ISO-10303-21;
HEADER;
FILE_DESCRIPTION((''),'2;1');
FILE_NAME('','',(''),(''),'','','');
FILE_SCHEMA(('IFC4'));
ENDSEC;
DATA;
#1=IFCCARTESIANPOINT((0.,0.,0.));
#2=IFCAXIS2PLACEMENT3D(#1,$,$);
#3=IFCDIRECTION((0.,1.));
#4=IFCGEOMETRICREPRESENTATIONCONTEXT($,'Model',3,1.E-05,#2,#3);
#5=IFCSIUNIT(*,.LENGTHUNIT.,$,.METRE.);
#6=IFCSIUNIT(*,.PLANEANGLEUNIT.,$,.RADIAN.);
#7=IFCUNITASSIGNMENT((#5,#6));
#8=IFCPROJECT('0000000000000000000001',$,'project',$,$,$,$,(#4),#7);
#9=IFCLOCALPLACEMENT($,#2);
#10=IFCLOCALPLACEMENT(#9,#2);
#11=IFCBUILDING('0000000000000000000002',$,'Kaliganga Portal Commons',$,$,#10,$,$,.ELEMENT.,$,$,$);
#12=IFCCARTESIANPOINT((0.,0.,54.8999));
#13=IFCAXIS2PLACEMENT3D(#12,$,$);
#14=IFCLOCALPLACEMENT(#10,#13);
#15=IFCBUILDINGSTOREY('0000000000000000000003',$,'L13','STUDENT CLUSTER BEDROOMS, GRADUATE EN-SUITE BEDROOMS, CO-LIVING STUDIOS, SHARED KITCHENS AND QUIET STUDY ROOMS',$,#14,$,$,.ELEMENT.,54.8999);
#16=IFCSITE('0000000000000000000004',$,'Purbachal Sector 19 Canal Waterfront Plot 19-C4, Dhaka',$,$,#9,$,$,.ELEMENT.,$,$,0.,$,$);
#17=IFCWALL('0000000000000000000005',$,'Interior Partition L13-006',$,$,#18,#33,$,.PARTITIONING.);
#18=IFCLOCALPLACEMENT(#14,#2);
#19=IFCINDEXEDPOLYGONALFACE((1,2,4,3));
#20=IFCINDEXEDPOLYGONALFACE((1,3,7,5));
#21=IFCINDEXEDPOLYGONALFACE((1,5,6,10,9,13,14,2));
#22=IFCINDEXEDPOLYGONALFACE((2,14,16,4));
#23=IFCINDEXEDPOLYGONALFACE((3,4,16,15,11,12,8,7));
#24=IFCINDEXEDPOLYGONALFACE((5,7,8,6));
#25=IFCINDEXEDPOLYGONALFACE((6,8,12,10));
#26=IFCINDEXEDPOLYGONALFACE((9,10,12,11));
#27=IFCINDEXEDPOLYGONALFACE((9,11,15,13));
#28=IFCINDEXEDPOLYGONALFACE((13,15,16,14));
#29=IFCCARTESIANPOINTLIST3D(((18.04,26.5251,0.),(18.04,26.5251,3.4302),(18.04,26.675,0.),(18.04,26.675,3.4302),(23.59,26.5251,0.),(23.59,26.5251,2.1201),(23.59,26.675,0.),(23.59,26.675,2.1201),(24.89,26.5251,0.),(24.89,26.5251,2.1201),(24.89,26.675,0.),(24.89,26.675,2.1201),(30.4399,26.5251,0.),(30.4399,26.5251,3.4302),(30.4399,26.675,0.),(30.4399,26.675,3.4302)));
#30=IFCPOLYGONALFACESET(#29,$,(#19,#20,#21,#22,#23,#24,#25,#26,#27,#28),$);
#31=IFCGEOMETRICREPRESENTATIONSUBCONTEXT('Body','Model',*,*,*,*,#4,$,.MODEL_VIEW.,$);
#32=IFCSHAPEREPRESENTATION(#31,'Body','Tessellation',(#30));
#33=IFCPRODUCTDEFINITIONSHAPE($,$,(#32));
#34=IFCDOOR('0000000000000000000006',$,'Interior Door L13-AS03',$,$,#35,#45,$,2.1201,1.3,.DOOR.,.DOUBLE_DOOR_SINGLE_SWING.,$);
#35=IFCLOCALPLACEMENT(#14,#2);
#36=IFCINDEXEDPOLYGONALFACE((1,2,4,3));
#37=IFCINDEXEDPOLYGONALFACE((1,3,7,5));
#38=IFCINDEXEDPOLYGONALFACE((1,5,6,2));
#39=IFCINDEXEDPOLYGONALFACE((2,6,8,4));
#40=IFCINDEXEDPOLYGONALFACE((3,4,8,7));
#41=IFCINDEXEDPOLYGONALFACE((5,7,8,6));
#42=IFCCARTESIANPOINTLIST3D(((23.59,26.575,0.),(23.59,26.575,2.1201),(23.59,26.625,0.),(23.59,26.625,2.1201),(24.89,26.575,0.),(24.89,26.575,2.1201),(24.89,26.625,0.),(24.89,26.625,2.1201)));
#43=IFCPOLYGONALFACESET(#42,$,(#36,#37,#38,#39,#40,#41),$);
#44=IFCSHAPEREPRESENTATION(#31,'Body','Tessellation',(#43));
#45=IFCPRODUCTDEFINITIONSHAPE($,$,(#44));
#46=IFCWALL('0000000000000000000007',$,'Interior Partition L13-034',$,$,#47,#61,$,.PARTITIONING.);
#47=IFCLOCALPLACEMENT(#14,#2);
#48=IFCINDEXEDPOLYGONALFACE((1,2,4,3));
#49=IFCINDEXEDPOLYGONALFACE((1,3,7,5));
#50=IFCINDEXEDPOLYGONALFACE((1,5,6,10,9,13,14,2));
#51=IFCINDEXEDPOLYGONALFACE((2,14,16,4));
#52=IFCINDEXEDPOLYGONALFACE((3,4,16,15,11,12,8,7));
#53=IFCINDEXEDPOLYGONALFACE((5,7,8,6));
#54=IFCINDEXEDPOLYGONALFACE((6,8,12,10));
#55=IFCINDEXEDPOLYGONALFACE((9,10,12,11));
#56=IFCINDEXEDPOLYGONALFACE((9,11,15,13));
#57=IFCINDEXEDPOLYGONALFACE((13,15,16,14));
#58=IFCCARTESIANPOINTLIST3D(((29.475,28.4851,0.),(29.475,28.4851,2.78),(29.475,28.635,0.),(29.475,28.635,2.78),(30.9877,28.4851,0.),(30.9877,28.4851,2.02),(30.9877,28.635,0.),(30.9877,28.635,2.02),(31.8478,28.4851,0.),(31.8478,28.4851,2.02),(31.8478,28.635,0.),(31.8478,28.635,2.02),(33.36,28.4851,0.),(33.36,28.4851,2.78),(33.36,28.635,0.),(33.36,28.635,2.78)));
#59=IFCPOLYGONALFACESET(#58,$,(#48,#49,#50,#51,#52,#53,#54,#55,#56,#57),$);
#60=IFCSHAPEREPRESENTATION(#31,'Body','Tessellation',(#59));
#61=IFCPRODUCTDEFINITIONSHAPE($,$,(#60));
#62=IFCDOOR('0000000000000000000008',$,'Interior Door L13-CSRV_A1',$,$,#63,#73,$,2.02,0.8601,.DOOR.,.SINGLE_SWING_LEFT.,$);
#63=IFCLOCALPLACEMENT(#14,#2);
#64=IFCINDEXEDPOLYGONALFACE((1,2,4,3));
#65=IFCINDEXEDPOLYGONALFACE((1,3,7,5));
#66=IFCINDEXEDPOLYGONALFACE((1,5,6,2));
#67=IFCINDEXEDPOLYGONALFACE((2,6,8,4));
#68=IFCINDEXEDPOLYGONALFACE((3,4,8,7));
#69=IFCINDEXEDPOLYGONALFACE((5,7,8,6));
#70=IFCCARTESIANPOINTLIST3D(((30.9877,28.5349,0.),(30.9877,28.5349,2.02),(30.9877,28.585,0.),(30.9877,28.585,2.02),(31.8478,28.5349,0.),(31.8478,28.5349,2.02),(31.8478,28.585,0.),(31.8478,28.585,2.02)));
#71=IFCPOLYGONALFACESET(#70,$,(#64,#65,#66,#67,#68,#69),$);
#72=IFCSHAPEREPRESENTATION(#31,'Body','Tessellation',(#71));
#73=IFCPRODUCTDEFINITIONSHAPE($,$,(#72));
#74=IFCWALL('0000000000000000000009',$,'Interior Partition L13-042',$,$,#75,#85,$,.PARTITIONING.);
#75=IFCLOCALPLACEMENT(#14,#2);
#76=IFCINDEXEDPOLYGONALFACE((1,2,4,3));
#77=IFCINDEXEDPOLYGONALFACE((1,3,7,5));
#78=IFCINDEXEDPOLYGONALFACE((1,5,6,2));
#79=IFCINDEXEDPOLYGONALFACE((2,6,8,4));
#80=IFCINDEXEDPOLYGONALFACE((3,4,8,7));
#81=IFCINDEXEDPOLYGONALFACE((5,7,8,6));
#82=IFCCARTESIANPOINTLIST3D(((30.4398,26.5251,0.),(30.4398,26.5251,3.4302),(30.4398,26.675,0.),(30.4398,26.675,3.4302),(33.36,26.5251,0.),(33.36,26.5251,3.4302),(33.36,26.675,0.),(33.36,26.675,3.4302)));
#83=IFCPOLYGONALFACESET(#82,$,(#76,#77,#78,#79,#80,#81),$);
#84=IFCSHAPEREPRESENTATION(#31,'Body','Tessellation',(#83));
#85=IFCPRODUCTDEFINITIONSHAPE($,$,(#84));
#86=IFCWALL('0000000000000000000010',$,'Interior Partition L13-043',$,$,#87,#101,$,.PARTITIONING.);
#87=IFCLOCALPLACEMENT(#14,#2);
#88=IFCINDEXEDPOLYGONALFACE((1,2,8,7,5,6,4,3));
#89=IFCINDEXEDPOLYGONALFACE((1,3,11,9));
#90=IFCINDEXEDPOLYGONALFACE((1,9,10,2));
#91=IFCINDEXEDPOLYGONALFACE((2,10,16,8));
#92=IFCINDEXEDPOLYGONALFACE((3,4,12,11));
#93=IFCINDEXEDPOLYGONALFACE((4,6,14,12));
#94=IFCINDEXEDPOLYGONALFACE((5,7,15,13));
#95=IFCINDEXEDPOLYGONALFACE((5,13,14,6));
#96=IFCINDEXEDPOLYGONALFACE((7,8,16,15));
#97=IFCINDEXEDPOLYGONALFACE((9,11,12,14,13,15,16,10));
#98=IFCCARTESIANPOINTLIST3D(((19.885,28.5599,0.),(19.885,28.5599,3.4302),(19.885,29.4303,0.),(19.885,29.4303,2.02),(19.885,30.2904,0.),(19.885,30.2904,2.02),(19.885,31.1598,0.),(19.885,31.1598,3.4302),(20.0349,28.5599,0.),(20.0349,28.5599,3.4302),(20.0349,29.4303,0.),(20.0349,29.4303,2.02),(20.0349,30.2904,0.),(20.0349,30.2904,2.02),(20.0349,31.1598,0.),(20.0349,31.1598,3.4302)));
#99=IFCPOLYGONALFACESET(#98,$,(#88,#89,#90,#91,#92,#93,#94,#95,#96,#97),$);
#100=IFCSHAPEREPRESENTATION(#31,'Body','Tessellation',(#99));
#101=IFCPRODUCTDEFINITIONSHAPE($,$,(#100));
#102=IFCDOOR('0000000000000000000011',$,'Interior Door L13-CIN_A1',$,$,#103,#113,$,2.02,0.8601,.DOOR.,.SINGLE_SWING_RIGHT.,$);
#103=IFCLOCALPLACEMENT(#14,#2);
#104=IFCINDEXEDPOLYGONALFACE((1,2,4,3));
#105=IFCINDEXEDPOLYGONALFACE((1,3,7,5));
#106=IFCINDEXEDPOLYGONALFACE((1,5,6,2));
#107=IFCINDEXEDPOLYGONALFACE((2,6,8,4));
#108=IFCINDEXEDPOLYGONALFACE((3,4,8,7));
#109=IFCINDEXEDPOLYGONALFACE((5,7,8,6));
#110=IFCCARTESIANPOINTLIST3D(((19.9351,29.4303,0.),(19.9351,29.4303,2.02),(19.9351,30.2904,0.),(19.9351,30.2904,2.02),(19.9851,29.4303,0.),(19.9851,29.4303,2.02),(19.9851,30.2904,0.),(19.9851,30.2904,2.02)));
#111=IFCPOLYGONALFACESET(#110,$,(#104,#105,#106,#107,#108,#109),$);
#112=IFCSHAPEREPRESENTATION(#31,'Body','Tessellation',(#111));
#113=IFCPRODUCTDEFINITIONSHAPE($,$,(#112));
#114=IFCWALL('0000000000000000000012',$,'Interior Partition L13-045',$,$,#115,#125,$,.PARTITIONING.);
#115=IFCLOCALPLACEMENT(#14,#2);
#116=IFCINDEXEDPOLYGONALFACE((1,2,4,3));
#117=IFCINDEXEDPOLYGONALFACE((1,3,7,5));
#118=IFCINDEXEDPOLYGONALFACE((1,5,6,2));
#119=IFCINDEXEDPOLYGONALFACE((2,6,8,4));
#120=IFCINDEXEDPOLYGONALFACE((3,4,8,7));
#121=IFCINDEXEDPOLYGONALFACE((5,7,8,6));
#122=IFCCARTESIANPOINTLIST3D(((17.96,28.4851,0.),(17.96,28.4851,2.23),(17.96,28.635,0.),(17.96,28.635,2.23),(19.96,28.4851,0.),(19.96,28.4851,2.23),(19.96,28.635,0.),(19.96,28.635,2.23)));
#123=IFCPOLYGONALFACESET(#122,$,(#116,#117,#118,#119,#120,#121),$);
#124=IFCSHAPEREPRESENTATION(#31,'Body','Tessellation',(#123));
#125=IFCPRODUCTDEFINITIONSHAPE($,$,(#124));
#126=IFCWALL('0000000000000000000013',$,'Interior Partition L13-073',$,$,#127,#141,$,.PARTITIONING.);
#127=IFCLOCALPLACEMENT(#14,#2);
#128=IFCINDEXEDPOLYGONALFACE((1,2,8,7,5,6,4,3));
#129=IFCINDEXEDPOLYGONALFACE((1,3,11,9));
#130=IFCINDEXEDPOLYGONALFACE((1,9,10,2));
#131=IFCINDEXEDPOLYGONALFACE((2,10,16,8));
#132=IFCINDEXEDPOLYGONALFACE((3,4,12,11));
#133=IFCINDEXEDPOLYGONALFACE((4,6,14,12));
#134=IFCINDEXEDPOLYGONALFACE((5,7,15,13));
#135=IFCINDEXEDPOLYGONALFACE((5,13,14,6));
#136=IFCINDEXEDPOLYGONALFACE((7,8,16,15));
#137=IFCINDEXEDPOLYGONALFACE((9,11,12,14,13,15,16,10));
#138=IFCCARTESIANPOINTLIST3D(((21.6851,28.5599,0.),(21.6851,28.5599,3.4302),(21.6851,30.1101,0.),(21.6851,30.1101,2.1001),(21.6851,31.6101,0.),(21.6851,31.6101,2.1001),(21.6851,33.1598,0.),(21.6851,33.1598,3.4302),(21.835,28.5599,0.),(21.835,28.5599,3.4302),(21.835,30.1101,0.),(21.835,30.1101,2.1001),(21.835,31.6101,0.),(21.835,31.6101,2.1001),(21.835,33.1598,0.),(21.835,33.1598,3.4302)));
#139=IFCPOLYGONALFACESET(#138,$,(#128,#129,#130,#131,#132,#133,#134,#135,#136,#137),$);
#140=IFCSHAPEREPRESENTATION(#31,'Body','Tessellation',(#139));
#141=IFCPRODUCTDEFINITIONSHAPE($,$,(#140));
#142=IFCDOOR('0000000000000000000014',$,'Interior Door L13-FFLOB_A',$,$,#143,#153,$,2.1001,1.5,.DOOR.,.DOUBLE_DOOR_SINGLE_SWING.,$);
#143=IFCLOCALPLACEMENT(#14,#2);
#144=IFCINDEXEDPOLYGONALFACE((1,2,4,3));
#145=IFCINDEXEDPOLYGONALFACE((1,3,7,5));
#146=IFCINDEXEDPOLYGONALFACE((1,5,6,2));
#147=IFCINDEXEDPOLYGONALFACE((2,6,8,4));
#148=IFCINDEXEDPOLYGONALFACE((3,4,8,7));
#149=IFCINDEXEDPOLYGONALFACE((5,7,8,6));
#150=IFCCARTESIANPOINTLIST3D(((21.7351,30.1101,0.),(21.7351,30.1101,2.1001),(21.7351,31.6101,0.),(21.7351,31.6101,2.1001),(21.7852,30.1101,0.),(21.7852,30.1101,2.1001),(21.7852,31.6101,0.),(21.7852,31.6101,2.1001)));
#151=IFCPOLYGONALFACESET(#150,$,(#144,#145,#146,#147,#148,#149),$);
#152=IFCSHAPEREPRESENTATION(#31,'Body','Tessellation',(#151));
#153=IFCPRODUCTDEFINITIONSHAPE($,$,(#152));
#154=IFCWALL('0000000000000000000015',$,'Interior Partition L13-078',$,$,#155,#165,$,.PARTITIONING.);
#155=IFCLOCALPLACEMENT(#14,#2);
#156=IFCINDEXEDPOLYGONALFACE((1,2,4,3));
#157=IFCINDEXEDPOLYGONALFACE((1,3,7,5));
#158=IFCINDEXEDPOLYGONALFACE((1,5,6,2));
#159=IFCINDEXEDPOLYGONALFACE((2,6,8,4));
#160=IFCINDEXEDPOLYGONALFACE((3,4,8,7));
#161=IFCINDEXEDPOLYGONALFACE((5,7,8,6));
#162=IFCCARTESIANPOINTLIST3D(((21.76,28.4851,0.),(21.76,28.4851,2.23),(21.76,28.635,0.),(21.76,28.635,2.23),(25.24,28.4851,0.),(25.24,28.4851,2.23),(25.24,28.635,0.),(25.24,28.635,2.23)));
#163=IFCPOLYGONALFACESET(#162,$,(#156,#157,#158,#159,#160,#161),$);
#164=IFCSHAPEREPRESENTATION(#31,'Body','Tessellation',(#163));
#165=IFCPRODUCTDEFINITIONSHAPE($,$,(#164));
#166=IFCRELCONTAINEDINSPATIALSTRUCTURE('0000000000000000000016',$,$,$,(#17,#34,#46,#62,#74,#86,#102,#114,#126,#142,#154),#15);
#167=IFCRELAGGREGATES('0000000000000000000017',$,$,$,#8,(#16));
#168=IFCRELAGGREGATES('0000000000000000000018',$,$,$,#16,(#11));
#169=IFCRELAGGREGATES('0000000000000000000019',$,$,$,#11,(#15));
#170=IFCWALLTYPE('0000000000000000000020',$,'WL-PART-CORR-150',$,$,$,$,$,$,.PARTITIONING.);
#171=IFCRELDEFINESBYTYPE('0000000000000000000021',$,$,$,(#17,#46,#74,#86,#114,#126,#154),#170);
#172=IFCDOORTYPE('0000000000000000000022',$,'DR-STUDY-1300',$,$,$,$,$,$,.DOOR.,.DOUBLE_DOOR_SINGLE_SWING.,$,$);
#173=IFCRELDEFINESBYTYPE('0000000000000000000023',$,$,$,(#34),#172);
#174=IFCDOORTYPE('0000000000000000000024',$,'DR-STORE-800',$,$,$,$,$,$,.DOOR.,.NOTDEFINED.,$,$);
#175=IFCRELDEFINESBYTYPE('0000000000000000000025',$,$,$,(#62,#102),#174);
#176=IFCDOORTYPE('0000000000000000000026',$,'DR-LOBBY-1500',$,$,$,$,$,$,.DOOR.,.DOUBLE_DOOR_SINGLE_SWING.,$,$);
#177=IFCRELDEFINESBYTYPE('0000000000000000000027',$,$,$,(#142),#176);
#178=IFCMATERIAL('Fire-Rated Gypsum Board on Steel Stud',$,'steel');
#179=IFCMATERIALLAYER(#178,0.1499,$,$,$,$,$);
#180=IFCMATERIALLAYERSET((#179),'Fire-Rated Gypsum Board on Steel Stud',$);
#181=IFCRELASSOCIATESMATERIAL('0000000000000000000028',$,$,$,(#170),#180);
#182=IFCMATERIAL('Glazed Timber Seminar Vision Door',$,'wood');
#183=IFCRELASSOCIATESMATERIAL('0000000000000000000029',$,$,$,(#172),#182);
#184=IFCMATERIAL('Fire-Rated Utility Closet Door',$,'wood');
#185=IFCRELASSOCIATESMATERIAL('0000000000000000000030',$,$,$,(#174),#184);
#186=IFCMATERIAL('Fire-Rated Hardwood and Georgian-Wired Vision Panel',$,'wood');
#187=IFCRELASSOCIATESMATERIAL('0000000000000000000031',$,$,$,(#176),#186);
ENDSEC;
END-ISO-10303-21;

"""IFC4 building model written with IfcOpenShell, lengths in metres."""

from ifc_helpers import new_model, si_unit, direction, frame, frame_2d, origin, place, context, subcontext, project, spatial, rectangle, extrude, material, layer, layer_set, type_object, element, fill, save


model = new_model("IFC4")

# Units and contexts
model_context = context("Model", 3, precision=1e-05, world=origin(), true_north=direction((0.0, 1.0)))
body_context = subcontext(model_context, "Body", "Model", "MODEL_VIEW")
ifc_project = project(units=[si_unit("LENGTHUNIT", "METRE"), si_unit("PLANEANGLEUNIT", "RADIAN")], contexts=[model_context])

# Site, building, storey
site_placement = place(None, origin())
site = spatial("IfcSite", under=ifc_project, at=site_placement, Name="Purbachal Sector 19 Canal Waterfront Plot 19-C4, Dhaka", CompositionType="ELEMENT", RefElevation=0.0)
building_placement = place(site_placement, origin())
building = spatial("IfcBuilding", under=site, at=building_placement, Name="Kaliganga Portal Commons", CompositionType="ELEMENT")
storey_placement = place(building_placement, frame((0.0, 0.0, 54.8999)))
storey = spatial("IfcBuildingStorey", under=building, at=storey_placement, Name="L13", Description="STUDENT CLUSTER BEDROOMS, GRADUATE EN-SUITE BEDROOMS, CO-LIVING STUDIOS, SHARED KITCHENS AND QUIET STUDY ROOMS", CompositionType="ELEMENT", Elevation=54.8999)

# Walls, openings, doors
ifc_material_1 = material(Name="Fire-Rated Gypsum Board on Steel Stud", Category="steel")
ifc_layer_1 = layer(ifc_material_1, 0.1499)
ifc_layer_set_1 = layer_set([ifc_layer_1], Name="Fire-Rated Gypsum Board on Steel Stud")
wall_type_1 = type_object("IfcWallType", Name="WL-PART-CORR-150", PredefinedType="PARTITIONING", material=ifc_layer_set_1)
wall_1_placement = place(storey_placement, frame((18.04, 26.6001, 0.0), z_axis=(0.0, 0.0, 1.0), x_axis=(1.0, 0.0, 0.0)))
wall_1 = element("IfcWall", 1, at=wall_1_placement, inside=storey, type_object=wall_type_1, Name="Interior Partition L13-006", PredefinedType="PARTITIONING", context=body_context, shape_type="SweptSolid", body=[
    extrude(rectangle(XDim=12.3999, YDim=0.1499, at=frame_2d((6.2, 0.0))), origin(), (0.0, 0.0, 1.0), 3.4302),
])
opening_1_placement = place(wall_1_placement, frame((5.55, 0.0, 0.0)))
opening_1 = element("IfcOpeningElement", 2, at=opening_1_placement, cuts=wall_1, PredefinedType="OPENING", context=body_context, shape_type="SweptSolid", body=[
    extrude(rectangle(XDim=1.3, YDim=2.1201, at=frame_2d((0.6499, 1.0601))), frame((0.0, 0.085, 0.0), z_axis=(0.0, -1.0, 0.0), x_axis=(1.0, 0.0, 0.0)), (0.0, 0.0, 1.0), 0.1699),
])
ifc_material_2 = material(Name="Glazed Timber Seminar Vision Door", Category="wood")
door_type_1 = type_object("IfcDoorType", Name="DR-STUDY-1300", OperationType="DOUBLE_DOOR_SINGLE_SWING", PredefinedType="DOOR", material=ifc_material_2)
door_1_placement = place(opening_1_placement, origin())
door_1 = element("IfcDoor", 3, at=door_1_placement, inside=storey, type_object=door_type_1, Name="Interior Door L13-AS03", OperationType="DOUBLE_DOOR_SINGLE_SWING", OverallHeight=2.1201, OverallWidth=1.3, PredefinedType="DOOR", context=body_context, shape_type="SweptSolid", body=[
    extrude(rectangle(XDim=1.3, YDim=2.1201, at=frame_2d((0.6499, 1.0601))), frame((0.0, 0.0249, 0.0), z_axis=(0.0, -1.0, 0.0), x_axis=(1.0, 0.0, 0.0)), (0.0, 0.0, 1.0), 0.05),
])
fill(opening_1, door_1)
wall_2_placement = place(storey_placement, frame((29.4751, 28.5601, 0.0), z_axis=(0.0, 0.0, 1.0), x_axis=(1.0, 0.0, 0.0)))
wall_2 = element("IfcWall", 4, at=wall_2_placement, inside=storey, type_object=wall_type_1, Name="Interior Partition L13-034", PredefinedType="PARTITIONING", context=body_context, shape_type="SweptSolid", body=[
    extrude(rectangle(XDim=3.885, YDim=0.1499, at=frame_2d((1.9424, 0.0))), origin(), (0.0, 0.0, 1.0), 2.78),
])
opening_2_placement = place(wall_2_placement, frame((1.5125, 0.0, 0.0)))
opening_2 = element("IfcOpeningElement", 5, at=opening_2_placement, cuts=wall_2, PredefinedType="OPENING", context=body_context, shape_type="SweptSolid", body=[
    extrude(rectangle(XDim=0.8601, YDim=2.02, at=frame_2d((0.4302, 1.01))), frame((0.0, 0.085, 0.0), z_axis=(0.0, -1.0, 0.0), x_axis=(1.0, 0.0, 0.0)), (0.0, 0.0, 1.0), 0.1699),
])
ifc_material_3 = material(Name="Fire-Rated Utility Closet Door", Category="wood")
door_type_2 = type_object("IfcDoorType", Name="DR-STORE-800", OperationType="NOTDEFINED", PredefinedType="DOOR", material=ifc_material_3)
door_2_placement = place(opening_2_placement, origin())
door_2 = element("IfcDoor", 6, at=door_2_placement, inside=storey, type_object=door_type_2, Name="Interior Door L13-CSRV_A1", OperationType="SINGLE_SWING_LEFT", OverallHeight=2.02, OverallWidth=0.8601, PredefinedType="DOOR", context=body_context, shape_type="SweptSolid", body=[
    extrude(rectangle(XDim=0.8601, YDim=2.02, at=frame_2d((0.4302, 1.01))), frame((0.0, 0.0249, 0.0), z_axis=(0.0, -1.0, 0.0), x_axis=(1.0, 0.0, 0.0)), (0.0, 0.0, 1.0), 0.05),
])
fill(opening_2, door_2)

# Wall
wall_3_placement = place(storey_placement, frame((30.4399, 26.6001, 0.0), z_axis=(0.0, 0.0, 1.0), x_axis=(1.0, 0.0, 0.0)))
element("IfcWall", 7, at=wall_3_placement, inside=storey, type_object=wall_type_1, Name="Interior Partition L13-042", PredefinedType="PARTITIONING", context=body_context, shape_type="SweptSolid", body=[
    extrude(rectangle(XDim=2.9202, YDim=0.1499, at=frame_2d((1.46, 0.0))), origin(), (0.0, 0.0, 1.0), 3.4302),
])

# Wall, opening, door
wall_4_placement = place(storey_placement, frame((19.96, 28.5601, 0.0), z_axis=(0.0, 0.0, 1.0), x_axis=(0.0, 1.0, 0.0)))
wall_4 = element("IfcWall", 8, at=wall_4_placement, inside=storey, type_object=wall_type_1, Name="Interior Partition L13-043", PredefinedType="PARTITIONING", context=body_context, shape_type="SweptSolid", body=[
    extrude(rectangle(XDim=2.5999, YDim=0.1499, at=frame_2d((1.2998, 0.0))), origin(), (0.0, 0.0, 1.0), 3.4302),
])
opening_3_placement = place(wall_4_placement, frame((0.8701, 0.0, 0.0)))
opening_3 = element("IfcOpeningElement", 9, at=opening_3_placement, cuts=wall_4, PredefinedType="OPENING", context=body_context, shape_type="SweptSolid", body=[
    extrude(rectangle(XDim=0.8601, YDim=2.02, at=frame_2d((0.4302, 1.01))), frame((0.0, 0.085, 0.0), z_axis=(0.0, -1.0, 0.0), x_axis=(1.0, 0.0, 0.0)), (0.0, 0.0, 1.0), 0.1699),
])
door_3_placement = place(opening_3_placement, origin())
door_3 = element("IfcDoor", 10, at=door_3_placement, inside=storey, type_object=door_type_2, Name="Interior Door L13-CIN_A1", OperationType="SINGLE_SWING_RIGHT", OverallHeight=2.02, OverallWidth=0.8601, PredefinedType="DOOR", context=body_context, shape_type="SweptSolid", body=[
    extrude(rectangle(XDim=0.8601, YDim=2.02, at=frame_2d((0.4302, 1.01))), frame((0.0, 0.0249, 0.0), z_axis=(0.0, -1.0, 0.0), x_axis=(1.0, 0.0, 0.0)), (0.0, 0.0, 1.0), 0.05),
])
fill(opening_3, door_3)

# Wall
wall_5_placement = place(storey_placement, frame((17.96, 28.5601, 0.0), z_axis=(0.0, 0.0, 1.0), x_axis=(1.0, 0.0, 0.0)))
element("IfcWall", 11, at=wall_5_placement, inside=storey, type_object=wall_type_1, Name="Interior Partition L13-045", PredefinedType="PARTITIONING", context=body_context, shape_type="SweptSolid", body=[
    extrude(rectangle(XDim=2.0, YDim=0.1499, at=frame_2d((1.0, 0.0))), origin(), (0.0, 0.0, 1.0), 2.23),
])

# Wall, opening, door
wall_6_placement = place(storey_placement, frame((21.76, 28.5601, 0.0), z_axis=(0.0, 0.0, 1.0), x_axis=(0.0, 1.0, 0.0)))
wall_6 = element("IfcWall", 12, at=wall_6_placement, inside=storey, type_object=wall_type_1, Name="Interior Partition L13-073", PredefinedType="PARTITIONING", context=body_context, shape_type="SweptSolid", body=[
    extrude(rectangle(XDim=4.5999, YDim=0.1499, at=frame_2d((2.2998, 0.0))), origin(), (0.0, 0.0, 1.0), 3.4302),
])
opening_4_placement = place(wall_6_placement, frame((1.55, 0.0, 0.0)))
opening_4 = element("IfcOpeningElement", 13, at=opening_4_placement, cuts=wall_6, PredefinedType="OPENING", context=body_context, shape_type="SweptSolid", body=[
    extrude(rectangle(XDim=1.5, YDim=2.1001, at=frame_2d((0.75, 1.05))), frame((0.0, 0.085, 0.0), z_axis=(0.0, -1.0, 0.0), x_axis=(1.0, 0.0, 0.0)), (0.0, 0.0, 1.0), 0.1699),
])
ifc_material_4 = material(Name="Fire-Rated Hardwood and Georgian-Wired Vision Panel", Category="wood")
door_type_3 = type_object("IfcDoorType", Name="DR-LOBBY-1500", OperationType="DOUBLE_DOOR_SINGLE_SWING", PredefinedType="DOOR", material=ifc_material_4)
door_4_placement = place(opening_4_placement, origin())
door_4 = element("IfcDoor", 14, at=door_4_placement, inside=storey, type_object=door_type_3, Name="Interior Door L13-FFLOB_A", OperationType="DOUBLE_DOOR_SINGLE_SWING", OverallHeight=2.1001, OverallWidth=1.5, PredefinedType="DOOR", context=body_context, shape_type="SweptSolid", body=[
    extrude(rectangle(XDim=1.5, YDim=2.1001, at=frame_2d((0.75, 1.05))), frame((0.0, 0.0249, 0.0), z_axis=(0.0, -1.0, 0.0), x_axis=(1.0, 0.0, 0.0)), (0.0, 0.0, 1.0), 0.05),
])
fill(opening_4, door_4)

# Wall
wall_7_placement = place(storey_placement, frame((21.76, 28.5601, 0.0), z_axis=(0.0, 0.0, 1.0), x_axis=(1.0, 0.0, 0.0)))
element("IfcWall", 15, at=wall_7_placement, inside=storey, type_object=wall_type_1, Name="Interior Partition L13-078", PredefinedType="PARTITIONING", context=body_context, shape_type="SweptSolid", body=[
    extrude(rectangle(XDim=3.48, YDim=0.1499, at=frame_2d((1.74, 0.0))), origin(), (0.0, 0.0, 1.0), 2.23),
])

save(model, "model.ifc")
